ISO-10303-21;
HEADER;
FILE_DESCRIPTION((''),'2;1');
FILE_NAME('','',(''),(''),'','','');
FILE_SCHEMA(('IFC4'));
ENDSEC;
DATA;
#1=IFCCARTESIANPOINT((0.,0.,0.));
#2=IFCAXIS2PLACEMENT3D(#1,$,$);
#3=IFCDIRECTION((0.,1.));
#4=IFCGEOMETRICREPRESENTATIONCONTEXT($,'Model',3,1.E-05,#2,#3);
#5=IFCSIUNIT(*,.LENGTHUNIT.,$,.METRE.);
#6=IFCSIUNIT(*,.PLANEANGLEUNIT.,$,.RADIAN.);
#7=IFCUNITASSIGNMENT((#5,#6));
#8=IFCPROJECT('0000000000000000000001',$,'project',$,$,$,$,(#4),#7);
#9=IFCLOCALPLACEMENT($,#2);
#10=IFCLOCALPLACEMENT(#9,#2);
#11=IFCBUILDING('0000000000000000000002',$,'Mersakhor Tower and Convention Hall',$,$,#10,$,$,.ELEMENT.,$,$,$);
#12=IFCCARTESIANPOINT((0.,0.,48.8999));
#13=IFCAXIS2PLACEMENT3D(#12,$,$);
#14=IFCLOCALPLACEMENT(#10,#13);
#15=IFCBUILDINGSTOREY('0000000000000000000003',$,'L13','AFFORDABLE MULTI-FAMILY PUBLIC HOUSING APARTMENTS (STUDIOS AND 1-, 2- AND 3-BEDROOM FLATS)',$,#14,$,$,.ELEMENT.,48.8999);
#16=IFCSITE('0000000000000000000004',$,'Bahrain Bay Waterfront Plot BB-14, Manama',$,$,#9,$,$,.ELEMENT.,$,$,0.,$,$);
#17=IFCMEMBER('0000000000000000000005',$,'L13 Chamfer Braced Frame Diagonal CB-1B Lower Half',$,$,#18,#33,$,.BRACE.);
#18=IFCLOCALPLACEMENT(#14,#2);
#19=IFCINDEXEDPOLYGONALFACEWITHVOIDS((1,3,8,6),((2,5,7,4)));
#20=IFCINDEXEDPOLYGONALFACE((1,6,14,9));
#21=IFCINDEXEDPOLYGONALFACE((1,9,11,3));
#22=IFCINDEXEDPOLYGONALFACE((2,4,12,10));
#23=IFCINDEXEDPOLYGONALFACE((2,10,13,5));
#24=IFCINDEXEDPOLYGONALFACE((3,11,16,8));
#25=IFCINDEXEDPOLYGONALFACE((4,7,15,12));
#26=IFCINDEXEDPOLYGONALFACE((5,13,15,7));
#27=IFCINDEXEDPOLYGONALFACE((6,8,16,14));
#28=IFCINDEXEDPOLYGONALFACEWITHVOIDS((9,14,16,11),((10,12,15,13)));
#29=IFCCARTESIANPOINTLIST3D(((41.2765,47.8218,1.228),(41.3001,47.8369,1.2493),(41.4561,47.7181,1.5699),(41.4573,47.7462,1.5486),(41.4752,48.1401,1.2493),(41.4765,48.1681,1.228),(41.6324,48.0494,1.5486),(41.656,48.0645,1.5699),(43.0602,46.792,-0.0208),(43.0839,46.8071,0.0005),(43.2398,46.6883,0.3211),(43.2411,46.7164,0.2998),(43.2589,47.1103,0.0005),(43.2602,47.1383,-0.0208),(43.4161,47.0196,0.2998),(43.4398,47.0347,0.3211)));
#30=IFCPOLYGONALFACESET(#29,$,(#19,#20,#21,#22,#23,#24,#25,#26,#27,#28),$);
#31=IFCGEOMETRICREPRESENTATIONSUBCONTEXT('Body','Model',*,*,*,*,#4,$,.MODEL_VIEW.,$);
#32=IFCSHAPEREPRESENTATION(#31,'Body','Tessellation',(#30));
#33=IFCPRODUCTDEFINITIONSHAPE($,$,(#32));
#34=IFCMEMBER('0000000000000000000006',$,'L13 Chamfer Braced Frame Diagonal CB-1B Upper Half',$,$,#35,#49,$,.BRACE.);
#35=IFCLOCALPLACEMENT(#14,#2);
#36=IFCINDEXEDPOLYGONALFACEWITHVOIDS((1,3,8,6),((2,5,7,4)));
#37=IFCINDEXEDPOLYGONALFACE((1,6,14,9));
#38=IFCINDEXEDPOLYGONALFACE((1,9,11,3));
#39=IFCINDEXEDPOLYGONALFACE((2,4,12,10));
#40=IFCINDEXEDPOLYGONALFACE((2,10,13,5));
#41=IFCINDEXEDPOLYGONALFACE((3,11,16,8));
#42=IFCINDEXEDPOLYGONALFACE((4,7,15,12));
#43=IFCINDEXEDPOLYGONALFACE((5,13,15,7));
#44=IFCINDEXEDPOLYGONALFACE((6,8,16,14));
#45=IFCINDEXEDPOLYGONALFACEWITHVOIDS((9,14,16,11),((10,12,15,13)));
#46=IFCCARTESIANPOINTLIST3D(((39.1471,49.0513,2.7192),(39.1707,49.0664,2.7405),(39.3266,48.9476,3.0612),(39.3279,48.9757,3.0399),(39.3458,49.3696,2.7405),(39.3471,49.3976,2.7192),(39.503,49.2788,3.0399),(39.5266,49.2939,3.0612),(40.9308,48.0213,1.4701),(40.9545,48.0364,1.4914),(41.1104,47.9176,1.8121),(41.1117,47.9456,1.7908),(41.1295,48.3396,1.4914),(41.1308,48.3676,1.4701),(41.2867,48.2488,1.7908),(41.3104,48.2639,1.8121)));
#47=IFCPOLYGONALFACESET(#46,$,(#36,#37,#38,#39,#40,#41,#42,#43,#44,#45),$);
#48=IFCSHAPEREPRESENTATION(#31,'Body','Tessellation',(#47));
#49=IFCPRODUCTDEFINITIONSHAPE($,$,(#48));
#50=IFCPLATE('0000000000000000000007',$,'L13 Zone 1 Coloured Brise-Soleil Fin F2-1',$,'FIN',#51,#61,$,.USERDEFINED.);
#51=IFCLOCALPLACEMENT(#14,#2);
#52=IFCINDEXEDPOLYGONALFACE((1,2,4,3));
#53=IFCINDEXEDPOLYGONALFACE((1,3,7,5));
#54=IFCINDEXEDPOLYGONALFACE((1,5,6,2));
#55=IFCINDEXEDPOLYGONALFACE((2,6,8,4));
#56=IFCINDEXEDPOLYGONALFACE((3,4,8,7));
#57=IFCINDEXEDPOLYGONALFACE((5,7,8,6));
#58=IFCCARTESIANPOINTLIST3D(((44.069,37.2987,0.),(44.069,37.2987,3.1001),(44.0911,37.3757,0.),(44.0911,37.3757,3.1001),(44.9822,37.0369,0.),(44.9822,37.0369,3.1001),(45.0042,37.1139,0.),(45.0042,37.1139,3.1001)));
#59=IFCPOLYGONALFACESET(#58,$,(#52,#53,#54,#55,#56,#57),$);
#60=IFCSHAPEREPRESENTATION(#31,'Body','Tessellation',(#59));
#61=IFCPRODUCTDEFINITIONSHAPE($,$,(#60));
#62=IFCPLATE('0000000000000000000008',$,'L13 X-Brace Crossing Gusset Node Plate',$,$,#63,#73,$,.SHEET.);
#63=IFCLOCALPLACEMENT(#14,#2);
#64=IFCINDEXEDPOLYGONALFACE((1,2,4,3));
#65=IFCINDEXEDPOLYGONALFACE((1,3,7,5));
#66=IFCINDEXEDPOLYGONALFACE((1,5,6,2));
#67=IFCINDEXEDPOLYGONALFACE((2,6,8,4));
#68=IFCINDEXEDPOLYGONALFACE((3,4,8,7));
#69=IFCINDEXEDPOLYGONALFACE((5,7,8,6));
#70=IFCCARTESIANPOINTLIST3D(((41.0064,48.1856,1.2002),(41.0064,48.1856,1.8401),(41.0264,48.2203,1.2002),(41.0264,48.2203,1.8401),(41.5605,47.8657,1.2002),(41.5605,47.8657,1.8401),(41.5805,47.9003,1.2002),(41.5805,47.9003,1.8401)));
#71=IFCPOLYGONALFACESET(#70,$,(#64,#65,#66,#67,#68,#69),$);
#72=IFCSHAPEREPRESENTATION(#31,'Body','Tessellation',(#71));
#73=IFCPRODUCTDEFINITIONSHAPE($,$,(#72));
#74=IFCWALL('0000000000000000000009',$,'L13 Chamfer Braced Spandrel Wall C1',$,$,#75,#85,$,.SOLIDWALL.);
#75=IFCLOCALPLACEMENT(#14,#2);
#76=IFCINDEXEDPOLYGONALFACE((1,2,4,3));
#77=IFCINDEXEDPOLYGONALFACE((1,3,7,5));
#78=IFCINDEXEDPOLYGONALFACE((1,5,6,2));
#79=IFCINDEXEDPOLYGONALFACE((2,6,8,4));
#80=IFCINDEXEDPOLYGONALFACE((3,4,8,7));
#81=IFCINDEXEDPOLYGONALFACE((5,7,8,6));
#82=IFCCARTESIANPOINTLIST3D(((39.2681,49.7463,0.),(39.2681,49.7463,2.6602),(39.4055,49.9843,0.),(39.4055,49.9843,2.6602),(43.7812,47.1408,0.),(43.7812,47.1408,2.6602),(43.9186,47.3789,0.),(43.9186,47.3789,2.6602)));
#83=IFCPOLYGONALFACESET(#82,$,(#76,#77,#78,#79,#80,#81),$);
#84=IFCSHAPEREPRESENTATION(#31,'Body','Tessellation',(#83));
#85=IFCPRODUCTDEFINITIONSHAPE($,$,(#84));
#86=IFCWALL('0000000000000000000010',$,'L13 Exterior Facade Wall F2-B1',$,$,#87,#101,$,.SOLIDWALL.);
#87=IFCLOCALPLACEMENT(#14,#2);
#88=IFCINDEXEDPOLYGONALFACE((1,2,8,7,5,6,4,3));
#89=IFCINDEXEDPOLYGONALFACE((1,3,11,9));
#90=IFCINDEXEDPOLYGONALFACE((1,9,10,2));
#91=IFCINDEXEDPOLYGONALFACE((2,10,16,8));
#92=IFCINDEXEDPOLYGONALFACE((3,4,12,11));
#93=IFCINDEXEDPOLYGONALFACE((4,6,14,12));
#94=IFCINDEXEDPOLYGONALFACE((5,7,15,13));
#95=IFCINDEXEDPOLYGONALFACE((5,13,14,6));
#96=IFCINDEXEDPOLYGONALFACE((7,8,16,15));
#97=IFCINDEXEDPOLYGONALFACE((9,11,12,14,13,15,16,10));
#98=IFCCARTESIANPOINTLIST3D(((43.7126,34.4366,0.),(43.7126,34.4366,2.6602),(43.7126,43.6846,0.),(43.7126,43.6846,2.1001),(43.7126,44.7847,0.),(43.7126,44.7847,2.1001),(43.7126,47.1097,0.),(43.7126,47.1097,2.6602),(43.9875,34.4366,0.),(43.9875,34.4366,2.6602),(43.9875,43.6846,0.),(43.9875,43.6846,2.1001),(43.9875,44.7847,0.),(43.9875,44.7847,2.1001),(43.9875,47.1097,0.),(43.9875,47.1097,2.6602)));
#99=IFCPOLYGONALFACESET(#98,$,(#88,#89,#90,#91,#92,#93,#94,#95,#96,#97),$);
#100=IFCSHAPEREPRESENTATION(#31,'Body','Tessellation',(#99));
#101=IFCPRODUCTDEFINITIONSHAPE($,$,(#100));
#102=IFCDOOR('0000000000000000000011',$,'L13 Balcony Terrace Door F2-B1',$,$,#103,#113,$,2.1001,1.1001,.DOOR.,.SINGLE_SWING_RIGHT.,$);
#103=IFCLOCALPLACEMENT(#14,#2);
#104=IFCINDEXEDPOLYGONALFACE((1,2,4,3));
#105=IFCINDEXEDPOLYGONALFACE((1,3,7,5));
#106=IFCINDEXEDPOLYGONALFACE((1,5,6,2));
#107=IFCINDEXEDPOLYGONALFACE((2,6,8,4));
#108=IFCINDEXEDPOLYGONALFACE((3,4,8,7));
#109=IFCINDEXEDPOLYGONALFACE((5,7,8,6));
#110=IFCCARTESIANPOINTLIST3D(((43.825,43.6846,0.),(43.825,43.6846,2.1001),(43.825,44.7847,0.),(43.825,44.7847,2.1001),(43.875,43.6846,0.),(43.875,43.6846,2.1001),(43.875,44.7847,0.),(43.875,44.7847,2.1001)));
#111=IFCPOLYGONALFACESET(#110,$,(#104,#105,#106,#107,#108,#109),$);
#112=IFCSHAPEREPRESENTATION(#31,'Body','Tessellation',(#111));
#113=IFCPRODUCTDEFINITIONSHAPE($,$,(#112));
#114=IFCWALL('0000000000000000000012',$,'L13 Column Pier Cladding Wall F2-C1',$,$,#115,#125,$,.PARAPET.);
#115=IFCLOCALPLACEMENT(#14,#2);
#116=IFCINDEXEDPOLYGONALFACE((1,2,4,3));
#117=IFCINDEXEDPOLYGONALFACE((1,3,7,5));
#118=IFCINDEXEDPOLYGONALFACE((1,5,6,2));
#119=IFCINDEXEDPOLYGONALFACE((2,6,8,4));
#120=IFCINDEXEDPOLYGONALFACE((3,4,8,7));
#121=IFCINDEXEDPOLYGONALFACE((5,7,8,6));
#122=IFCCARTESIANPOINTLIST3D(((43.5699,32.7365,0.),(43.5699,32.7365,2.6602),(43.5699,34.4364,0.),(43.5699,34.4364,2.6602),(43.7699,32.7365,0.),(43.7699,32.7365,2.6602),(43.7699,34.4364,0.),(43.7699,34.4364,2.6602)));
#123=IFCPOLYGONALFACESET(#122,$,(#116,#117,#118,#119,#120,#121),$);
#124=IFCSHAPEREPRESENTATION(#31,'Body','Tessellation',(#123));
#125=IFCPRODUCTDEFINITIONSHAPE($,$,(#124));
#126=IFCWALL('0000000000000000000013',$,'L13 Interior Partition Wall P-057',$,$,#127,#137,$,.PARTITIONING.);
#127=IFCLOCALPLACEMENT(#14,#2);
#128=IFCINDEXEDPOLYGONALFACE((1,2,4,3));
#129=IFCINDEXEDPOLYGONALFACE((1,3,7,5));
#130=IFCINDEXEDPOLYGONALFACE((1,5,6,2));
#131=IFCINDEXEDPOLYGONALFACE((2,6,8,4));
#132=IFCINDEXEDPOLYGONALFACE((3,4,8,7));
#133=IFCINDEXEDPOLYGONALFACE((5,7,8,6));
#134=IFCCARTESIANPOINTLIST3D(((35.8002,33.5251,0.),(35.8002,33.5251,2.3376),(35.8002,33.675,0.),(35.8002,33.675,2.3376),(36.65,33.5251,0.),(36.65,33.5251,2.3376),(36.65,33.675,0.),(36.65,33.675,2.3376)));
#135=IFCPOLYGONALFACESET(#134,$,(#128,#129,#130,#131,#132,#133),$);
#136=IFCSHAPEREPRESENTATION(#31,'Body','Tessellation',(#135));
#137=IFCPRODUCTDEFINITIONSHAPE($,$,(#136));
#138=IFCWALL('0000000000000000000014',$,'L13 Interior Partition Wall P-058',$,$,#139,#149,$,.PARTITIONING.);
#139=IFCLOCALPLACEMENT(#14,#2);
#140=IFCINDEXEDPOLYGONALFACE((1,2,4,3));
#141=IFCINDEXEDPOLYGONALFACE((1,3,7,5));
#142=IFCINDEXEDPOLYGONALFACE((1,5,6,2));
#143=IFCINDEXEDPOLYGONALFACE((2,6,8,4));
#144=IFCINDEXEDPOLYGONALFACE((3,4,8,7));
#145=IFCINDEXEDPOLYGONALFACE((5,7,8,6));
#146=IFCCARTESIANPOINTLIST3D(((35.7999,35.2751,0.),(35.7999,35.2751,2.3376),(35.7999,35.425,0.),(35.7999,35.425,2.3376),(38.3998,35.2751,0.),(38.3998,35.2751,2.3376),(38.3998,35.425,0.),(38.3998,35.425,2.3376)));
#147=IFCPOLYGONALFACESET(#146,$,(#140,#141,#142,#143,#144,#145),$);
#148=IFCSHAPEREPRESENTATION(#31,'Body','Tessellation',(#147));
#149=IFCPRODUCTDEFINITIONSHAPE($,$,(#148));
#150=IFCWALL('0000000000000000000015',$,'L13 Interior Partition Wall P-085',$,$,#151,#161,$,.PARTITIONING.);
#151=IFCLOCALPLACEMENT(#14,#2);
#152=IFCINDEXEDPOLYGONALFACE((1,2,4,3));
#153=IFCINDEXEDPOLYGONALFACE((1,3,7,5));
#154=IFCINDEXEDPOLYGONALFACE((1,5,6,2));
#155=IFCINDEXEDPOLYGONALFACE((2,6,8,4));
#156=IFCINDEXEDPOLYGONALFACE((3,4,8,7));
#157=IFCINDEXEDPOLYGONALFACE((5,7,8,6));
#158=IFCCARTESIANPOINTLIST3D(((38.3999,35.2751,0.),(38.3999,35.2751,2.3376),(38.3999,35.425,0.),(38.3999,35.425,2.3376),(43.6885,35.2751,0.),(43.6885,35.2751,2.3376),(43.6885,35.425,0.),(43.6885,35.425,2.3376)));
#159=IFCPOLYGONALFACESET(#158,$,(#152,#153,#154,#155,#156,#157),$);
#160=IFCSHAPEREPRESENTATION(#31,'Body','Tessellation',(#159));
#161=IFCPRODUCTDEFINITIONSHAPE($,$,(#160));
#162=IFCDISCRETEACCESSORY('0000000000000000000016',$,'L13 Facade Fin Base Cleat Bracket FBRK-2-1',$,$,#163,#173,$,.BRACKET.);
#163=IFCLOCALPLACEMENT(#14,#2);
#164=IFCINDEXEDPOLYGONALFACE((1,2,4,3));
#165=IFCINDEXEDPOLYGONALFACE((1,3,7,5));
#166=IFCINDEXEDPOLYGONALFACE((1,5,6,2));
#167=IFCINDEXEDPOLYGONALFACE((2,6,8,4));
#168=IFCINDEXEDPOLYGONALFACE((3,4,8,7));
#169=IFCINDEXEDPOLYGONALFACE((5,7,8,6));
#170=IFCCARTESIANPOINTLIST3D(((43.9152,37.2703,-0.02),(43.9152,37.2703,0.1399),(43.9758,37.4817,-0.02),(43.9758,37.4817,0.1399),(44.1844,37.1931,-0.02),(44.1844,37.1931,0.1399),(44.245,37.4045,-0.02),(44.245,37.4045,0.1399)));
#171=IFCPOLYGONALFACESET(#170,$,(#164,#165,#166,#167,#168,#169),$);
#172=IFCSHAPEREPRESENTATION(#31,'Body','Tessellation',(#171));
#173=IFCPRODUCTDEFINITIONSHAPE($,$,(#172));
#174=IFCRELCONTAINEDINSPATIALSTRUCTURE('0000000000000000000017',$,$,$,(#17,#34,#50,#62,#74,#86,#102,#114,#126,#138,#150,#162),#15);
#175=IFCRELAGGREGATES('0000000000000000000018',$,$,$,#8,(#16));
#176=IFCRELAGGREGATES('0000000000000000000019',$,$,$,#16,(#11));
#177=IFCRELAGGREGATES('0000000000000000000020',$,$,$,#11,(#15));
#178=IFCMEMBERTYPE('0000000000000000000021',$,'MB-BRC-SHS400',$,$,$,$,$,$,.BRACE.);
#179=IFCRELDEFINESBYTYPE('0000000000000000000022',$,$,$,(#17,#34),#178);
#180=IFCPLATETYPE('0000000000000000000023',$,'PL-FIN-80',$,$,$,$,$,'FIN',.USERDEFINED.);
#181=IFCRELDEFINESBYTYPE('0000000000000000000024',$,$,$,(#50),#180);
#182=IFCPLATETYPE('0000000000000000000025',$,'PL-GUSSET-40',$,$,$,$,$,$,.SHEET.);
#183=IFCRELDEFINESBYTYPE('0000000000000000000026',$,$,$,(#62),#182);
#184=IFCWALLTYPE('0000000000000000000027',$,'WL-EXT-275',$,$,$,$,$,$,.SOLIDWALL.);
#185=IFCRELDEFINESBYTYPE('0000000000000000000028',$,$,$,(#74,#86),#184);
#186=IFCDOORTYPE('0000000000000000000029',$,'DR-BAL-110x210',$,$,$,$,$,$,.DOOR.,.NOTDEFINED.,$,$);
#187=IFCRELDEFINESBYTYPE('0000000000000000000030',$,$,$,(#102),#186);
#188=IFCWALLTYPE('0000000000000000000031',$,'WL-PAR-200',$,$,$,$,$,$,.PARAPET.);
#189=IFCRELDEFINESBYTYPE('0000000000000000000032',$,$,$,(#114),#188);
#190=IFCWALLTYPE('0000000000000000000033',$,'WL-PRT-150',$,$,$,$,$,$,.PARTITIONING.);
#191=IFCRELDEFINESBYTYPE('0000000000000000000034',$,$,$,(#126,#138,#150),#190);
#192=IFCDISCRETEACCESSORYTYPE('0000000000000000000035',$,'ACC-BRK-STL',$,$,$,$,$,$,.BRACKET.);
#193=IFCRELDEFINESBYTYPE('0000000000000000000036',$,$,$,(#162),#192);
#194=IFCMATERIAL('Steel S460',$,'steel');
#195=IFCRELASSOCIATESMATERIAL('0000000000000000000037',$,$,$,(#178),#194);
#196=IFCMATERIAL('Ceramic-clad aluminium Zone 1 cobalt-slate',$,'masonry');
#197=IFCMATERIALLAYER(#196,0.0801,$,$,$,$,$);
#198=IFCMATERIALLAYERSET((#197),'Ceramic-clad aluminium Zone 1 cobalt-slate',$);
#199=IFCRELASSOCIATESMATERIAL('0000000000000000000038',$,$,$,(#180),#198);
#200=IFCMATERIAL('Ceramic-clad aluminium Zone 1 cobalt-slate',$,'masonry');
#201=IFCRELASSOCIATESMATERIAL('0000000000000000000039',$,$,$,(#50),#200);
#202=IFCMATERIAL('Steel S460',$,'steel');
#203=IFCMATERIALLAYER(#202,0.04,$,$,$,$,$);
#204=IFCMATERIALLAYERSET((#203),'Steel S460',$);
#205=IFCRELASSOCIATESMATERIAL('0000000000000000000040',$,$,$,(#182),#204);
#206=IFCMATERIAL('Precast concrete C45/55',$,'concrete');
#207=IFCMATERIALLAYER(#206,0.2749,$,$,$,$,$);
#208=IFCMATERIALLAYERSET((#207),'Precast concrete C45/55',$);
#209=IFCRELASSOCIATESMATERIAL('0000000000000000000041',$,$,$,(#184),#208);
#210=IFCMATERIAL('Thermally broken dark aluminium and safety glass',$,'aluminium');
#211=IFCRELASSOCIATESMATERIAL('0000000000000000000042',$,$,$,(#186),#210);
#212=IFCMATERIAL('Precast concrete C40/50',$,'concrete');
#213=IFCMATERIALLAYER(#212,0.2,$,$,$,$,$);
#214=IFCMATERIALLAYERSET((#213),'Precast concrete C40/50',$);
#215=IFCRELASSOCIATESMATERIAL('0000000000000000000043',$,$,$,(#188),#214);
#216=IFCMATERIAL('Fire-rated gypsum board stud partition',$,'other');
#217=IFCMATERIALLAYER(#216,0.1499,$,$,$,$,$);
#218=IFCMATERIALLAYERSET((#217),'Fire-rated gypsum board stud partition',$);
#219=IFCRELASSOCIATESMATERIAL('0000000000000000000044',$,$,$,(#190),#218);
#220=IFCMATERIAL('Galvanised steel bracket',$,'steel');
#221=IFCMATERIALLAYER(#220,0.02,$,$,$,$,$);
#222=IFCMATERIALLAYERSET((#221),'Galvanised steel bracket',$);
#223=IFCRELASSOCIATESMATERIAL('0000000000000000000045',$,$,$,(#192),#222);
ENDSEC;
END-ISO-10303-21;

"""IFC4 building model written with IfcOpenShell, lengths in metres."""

from ifc_helpers import new_model, si_unit, direction, frame, frame_2d, origin, origin_2d, place, context, subcontext, project, spatial, rectangle, hollow_rectangle, extrude, material, layer, layer_set, material_profile, profile_set, type_object, element, fill, save


model = new_model("IFC4")

# Units and contexts
model_context = context("Model", 3, precision=1e-05, world=origin(), true_north=direction((0.0, 1.0)))
body_context = subcontext(model_context, "Body", "Model", "MODEL_VIEW")
ifc_project = project(units=[si_unit("LENGTHUNIT", "METRE"), si_unit("PLANEANGLEUNIT", "RADIAN")], contexts=[model_context])

# Site, building, storey
site_placement = place(None, origin())
site = spatial("IfcSite", under=ifc_project, at=site_placement, Name="Bahrain Bay Waterfront Plot BB-14, Manama", CompositionType="ELEMENT", RefElevation=0.0)
building_placement = place(site_placement, origin())
building = spatial("IfcBuilding", under=site, at=building_placement, Name="Mersakhor Tower and Convention Hall", CompositionType="ELEMENT")
storey_placement = place(building_placement, frame((0.0, 0.0, 48.8999)))
storey = spatial("IfcBuildingStorey", under=building, at=storey_placement, Name="L13", Description="AFFORDABLE MULTI-FAMILY PUBLIC HOUSING APARTMENTS (STUDIOS AND 1-, 2- AND 3-BEDROOM FLATS)", CompositionType="ELEMENT", Elevation=48.8999)

# Members
ifc_material_1 = material(Name="Steel S460", Category="steel")
ifc_material_profile_1 = material_profile(ifc_material_1, hollow_rectangle(XDim=0.3999, YDim=0.3999, WallThickness=0.0249, at=origin_2d()), Name="SHS 400x400x25")
ifc_profile_set_1 = profile_set([ifc_material_profile_1], Name="Steel S460")
member_type = type_object("IfcMemberType", Name="MB-BRC-SHS400", PredefinedType="BRACE", material=ifc_profile_set_1)
member_1_placement = place(storey_placement, frame((43.25, 46.9133, 0.1501), z_axis=(-0.740544, 0.427541, 0.518462), x_axis=(-0.499989, -0.866032, 0.0)))
element("IfcMember", 1, at=member_1_placement, inside=storey, type_object=member_type, Name="L13 Chamfer Braced Frame Diagonal CB-1B Lower Half", PredefinedType="BRACE", context=body_context, shape_type="SweptSolid", body=[
    extrude(hollow_rectangle(XDim=0.3999, YDim=0.3999, WallThickness=0.0249, at=origin_2d()), origin(), (0.0, 0.0, 1.0), 2.4087),
])
member_2_placement = place(storey_placement, frame((41.1206, 48.1426, 1.6411), z_axis=(-0.740473, 0.427601, 0.518514), x_axis=(-0.500078, -0.86598, 0.0)))
element("IfcMember", 2, at=member_2_placement, inside=storey, type_object=member_type, Name="L13 Chamfer Braced Frame Diagonal CB-1B Upper Half", PredefinedType="BRACE", context=body_context, shape_type="SweptSolid", body=[
    extrude(hollow_rectangle(XDim=0.3999, YDim=0.3999, WallThickness=0.0249, at=origin_2d()), origin(), (0.0, 0.0, 1.0), 2.4089),
])

# Plates
ifc_material_2 = material(Name="Ceramic-clad aluminium Zone 1 cobalt-slate", Category="masonry")
ifc_material_3 = material(Name="Ceramic-clad aluminium Zone 1 cobalt-slate", Category="masonry")
ifc_layer_1 = layer(ifc_material_3, 0.0801)
ifc_layer_set_1 = layer_set([ifc_layer_1], Name="Ceramic-clad aluminium Zone 1 cobalt-slate")
plate_type_1 = type_object("IfcPlateType", Name="PL-FIN-80", ElementType="FIN", PredefinedType="USERDEFINED", material=ifc_layer_set_1)
plate_1_placement = place(storey_placement, frame((44.5366, 37.2063, 0.0), z_axis=(0.0, 0.0, 1.0), x_axis=(0.961262, -0.275637, 0.0)))
element("IfcPlate", 3, at=plate_1_placement, inside=storey, type_object=plate_type_1, material=ifc_material_2, Name="L13 Zone 1 Coloured Brise-Soleil Fin F2-1", ObjectType="FIN", PredefinedType="USERDEFINED", context=body_context, shape_type="SweptSolid", body=[
    extrude(rectangle(XDim=0.95, YDim=0.0801, at=origin_2d()), origin(), (0.0, 0.0, 1.0), 3.1001),
])
ifc_material_4 = material(Name="Steel S460", Category="steel")
ifc_layer_2 = layer(ifc_material_4, 0.04)
ifc_layer_set_2 = layer_set([ifc_layer_2], Name="Steel S460")
plate_type_2 = type_object("IfcPlateType", Name="PL-GUSSET-40", PredefinedType="SHEET", material=ifc_layer_set_2)
plate_2_placement = place(storey_placement, frame((41.2935, 48.043, 1.2002), z_axis=(0.0, 0.0, 1.0), x_axis=(-0.866025, 0.5, 0.0)))
element("IfcPlate", 4, at=plate_2_placement, inside=storey, type_object=plate_type_2, Name="L13 X-Brace Crossing Gusset Node Plate", PredefinedType="SHEET", context=body_context, shape_type="SweptSolid", body=[
    extrude(rectangle(XDim=0.6399, YDim=0.04, at=origin_2d()), origin(), (0.0, 0.0, 1.0), 0.6399),
])

# Wall
ifc_material_5 = material(Name="Precast concrete C45/55", Category="concrete")
ifc_layer_3 = layer(ifc_material_5, 0.2749)
ifc_layer_set_3 = layer_set([ifc_layer_3], Name="Precast concrete C45/55")
wall_type_1 = type_object("IfcWallType", Name="WL-EXT-275", PredefinedType="SOLIDWALL", material=ifc_layer_set_3)
wall_1_placement = place(storey_placement, frame((39.3369, 49.8652, 0.0), z_axis=(0.0, 0.0, 1.0), x_axis=(0.866044, -0.499968, 0.0)))
element("IfcWall", 5, at=wall_1_placement, inside=storey, type_object=wall_type_1, Name="L13 Chamfer Braced Spandrel Wall C1", PredefinedType="SOLIDWALL", context=body_context, shape_type="SweptSolid", body=[
    extrude(rectangle(XDim=5.2112, YDim=0.2749, at=frame_2d((2.6055, 0.0))), origin(), (0.0, 0.0, 1.0), 2.6602),
])

# Wall, opening, door
wall_2_placement = place(storey_placement, frame((43.8501, 47.1096, 0.0), z_axis=(0.0, 0.0, 1.0), x_axis=(0.0, -1.0, 0.0)))
wall_2 = element("IfcWall", 6, at=wall_2_placement, inside=storey, type_object=wall_type_1, Name="L13 Exterior Facade Wall F2-B1", PredefinedType="SOLIDWALL", context=body_context, shape_type="SweptSolid", body=[
    extrude(rectangle(XDim=12.6731, YDim=0.2749, at=frame_2d((6.3364, 0.0))), origin(), (0.0, 0.0, 1.0), 2.6602),
])
opening_1_placement = place(wall_2_placement, frame((2.325, 0.0, 0.0)))
opening_1 = element("IfcOpeningElement", 7, at=opening_1_placement, cuts=wall_2, PredefinedType="OPENING", context=body_context, shape_type="SweptSolid", body=[
    extrude(rectangle(XDim=1.1001, YDim=2.1001, at=frame_2d((0.55, 1.05))), frame((0.0, 0.1475, 0.0), z_axis=(0.0, -1.0, 0.0), x_axis=(1.0, 0.0, 0.0)), (0.0, 0.0, 1.0), 0.2949),
])
ifc_material_6 = material(Name="Thermally broken dark aluminium and safety glass", Category="aluminium")
door_type_1 = type_object("IfcDoorType", Name="DR-BAL-110x210", OperationType="NOTDEFINED", PredefinedType="DOOR", material=ifc_material_6)
door_1_placement = place(opening_1_placement, origin())
door_1 = element("IfcDoor", 8, at=door_1_placement, inside=storey, type_object=door_type_1, Name="L13 Balcony Terrace Door F2-B1", OperationType="SINGLE_SWING_RIGHT", OverallHeight=2.1001, OverallWidth=1.1001, PredefinedType="DOOR", context=body_context, shape_type="SweptSolid", body=[
    extrude(rectangle(XDim=1.1001, YDim=2.1001, at=frame_2d((0.55, 1.05))), frame((0.0, 0.0249, 0.0), z_axis=(0.0, -1.0, 0.0), x_axis=(1.0, 0.0, 0.0)), (0.0, 0.0, 1.0), 0.05),
])
fill(opening_1, door_1)

# Walls
ifc_material_7 = material(Name="Precast concrete C40/50", Category="concrete")
ifc_layer_4 = layer(ifc_material_7, 0.2)
ifc_layer_set_4 = layer_set([ifc_layer_4], Name="Precast concrete C40/50")
wall_type_2 = type_object("IfcWallType", Name="WL-PAR-200", PredefinedType="PARAPET", material=ifc_layer_set_4)
wall_3_placement = place(storey_placement, frame((43.6699, 34.4365, 0.0), z_axis=(0.0, 0.0, 1.0), x_axis=(0.0, -1.0, 0.0)))
element("IfcWall", 9, at=wall_3_placement, inside=storey, type_object=wall_type_2, Name="L13 Column Pier Cladding Wall F2-C1", PredefinedType="PARAPET", context=body_context, shape_type="SweptSolid", body=[
    extrude(rectangle(XDim=1.7, YDim=0.2, at=frame_2d((0.8501, 0.0))), origin(), (0.0, 0.0, 1.0), 2.6602),
])
ifc_material_8 = material(Name="Fire-rated gypsum board stud partition", Category="other")
ifc_layer_5 = layer(ifc_material_8, 0.1499)
ifc_layer_set_5 = layer_set([ifc_layer_5], Name="Fire-rated gypsum board stud partition")
wall_type_3 = type_object("IfcWallType", Name="WL-PRT-150", PredefinedType="PARTITIONING", material=ifc_layer_set_5)
wall_4_placement = place(storey_placement, frame((36.6499, 33.6001, 0.0), z_axis=(0.0, 0.0, 1.0), x_axis=(-1.0, 0.0, 0.0)))
element("IfcWall", 10, at=wall_4_placement, inside=storey, type_object=wall_type_3, Name="L13 Interior Partition Wall P-057", PredefinedType="PARTITIONING", context=body_context, shape_type="SweptSolid", body=[
    extrude(rectangle(XDim=0.8499, YDim=0.1499, at=frame_2d((0.4248, 0.0))), origin(), (0.0, 0.0, 1.0), 2.3376),
])
wall_5_placement = place(storey_placement, frame((35.8, 35.3501, 0.0), z_axis=(0.0, 0.0, 1.0), x_axis=(1.0, 0.0, 0.0)))
element("IfcWall", 11, at=wall_5_placement, inside=storey, type_object=wall_type_3, Name="L13 Interior Partition Wall P-058", PredefinedType="PARTITIONING", context=body_context, shape_type="SweptSolid", body=[
    extrude(rectangle(XDim=2.5999, YDim=0.1499, at=frame_2d((1.2998, 0.0))), origin(), (0.0, 0.0, 1.0), 2.3376),
])

# Wall
wall_6_placement = place(storey_placement, frame((43.6885, 35.3501, 0.0), z_axis=(0.0, 0.0, 1.0), x_axis=(-1.0, 0.0, 0.0)))
element("IfcWall", 12, at=wall_6_placement, inside=storey, type_object=wall_type_3, Name="L13 Interior Partition Wall P-085", PredefinedType="PARTITIONING", context=body_context, shape_type="SweptSolid", body=[
    extrude(rectangle(XDim=5.2886, YDim=0.1499, at=frame_2d((2.6443, 0.0))), origin(), (0.0, 0.0, 1.0), 2.3376),
])

# Discrete accessory
ifc_material_9 = material(Name="Galvanised steel bracket", Category="steel")
ifc_layer_6 = layer(ifc_material_9, 0.02)
ifc_layer_set_6 = layer_set([ifc_layer_6], Name="Galvanised steel bracket")
discrete_accessory_type = type_object("IfcDiscreteAccessoryType", Name="ACC-BRK-STL", PredefinedType="BRACKET", material=ifc_layer_set_6)
discrete_accessory_placement = place(storey_placement, frame((44.0801, 37.3374, -0.02), z_axis=(0.0, 0.0, 1.0), x_axis=(0.961262, -0.275637, 0.0)))
element("IfcDiscreteAccessory", 13, at=discrete_accessory_placement, inside=storey, type_object=discrete_accessory_type, Name="L13 Facade Fin Base Cleat Bracket FBRK-2-1", PredefinedType="BRACKET", context=body_context, shape_type="SweptSolid", body=[
    extrude(rectangle(XDim=0.28, YDim=0.22, at=origin_2d()), origin(), (0.0, 0.0, 1.0), 0.1599),
])

save(model, "model.ifc")
